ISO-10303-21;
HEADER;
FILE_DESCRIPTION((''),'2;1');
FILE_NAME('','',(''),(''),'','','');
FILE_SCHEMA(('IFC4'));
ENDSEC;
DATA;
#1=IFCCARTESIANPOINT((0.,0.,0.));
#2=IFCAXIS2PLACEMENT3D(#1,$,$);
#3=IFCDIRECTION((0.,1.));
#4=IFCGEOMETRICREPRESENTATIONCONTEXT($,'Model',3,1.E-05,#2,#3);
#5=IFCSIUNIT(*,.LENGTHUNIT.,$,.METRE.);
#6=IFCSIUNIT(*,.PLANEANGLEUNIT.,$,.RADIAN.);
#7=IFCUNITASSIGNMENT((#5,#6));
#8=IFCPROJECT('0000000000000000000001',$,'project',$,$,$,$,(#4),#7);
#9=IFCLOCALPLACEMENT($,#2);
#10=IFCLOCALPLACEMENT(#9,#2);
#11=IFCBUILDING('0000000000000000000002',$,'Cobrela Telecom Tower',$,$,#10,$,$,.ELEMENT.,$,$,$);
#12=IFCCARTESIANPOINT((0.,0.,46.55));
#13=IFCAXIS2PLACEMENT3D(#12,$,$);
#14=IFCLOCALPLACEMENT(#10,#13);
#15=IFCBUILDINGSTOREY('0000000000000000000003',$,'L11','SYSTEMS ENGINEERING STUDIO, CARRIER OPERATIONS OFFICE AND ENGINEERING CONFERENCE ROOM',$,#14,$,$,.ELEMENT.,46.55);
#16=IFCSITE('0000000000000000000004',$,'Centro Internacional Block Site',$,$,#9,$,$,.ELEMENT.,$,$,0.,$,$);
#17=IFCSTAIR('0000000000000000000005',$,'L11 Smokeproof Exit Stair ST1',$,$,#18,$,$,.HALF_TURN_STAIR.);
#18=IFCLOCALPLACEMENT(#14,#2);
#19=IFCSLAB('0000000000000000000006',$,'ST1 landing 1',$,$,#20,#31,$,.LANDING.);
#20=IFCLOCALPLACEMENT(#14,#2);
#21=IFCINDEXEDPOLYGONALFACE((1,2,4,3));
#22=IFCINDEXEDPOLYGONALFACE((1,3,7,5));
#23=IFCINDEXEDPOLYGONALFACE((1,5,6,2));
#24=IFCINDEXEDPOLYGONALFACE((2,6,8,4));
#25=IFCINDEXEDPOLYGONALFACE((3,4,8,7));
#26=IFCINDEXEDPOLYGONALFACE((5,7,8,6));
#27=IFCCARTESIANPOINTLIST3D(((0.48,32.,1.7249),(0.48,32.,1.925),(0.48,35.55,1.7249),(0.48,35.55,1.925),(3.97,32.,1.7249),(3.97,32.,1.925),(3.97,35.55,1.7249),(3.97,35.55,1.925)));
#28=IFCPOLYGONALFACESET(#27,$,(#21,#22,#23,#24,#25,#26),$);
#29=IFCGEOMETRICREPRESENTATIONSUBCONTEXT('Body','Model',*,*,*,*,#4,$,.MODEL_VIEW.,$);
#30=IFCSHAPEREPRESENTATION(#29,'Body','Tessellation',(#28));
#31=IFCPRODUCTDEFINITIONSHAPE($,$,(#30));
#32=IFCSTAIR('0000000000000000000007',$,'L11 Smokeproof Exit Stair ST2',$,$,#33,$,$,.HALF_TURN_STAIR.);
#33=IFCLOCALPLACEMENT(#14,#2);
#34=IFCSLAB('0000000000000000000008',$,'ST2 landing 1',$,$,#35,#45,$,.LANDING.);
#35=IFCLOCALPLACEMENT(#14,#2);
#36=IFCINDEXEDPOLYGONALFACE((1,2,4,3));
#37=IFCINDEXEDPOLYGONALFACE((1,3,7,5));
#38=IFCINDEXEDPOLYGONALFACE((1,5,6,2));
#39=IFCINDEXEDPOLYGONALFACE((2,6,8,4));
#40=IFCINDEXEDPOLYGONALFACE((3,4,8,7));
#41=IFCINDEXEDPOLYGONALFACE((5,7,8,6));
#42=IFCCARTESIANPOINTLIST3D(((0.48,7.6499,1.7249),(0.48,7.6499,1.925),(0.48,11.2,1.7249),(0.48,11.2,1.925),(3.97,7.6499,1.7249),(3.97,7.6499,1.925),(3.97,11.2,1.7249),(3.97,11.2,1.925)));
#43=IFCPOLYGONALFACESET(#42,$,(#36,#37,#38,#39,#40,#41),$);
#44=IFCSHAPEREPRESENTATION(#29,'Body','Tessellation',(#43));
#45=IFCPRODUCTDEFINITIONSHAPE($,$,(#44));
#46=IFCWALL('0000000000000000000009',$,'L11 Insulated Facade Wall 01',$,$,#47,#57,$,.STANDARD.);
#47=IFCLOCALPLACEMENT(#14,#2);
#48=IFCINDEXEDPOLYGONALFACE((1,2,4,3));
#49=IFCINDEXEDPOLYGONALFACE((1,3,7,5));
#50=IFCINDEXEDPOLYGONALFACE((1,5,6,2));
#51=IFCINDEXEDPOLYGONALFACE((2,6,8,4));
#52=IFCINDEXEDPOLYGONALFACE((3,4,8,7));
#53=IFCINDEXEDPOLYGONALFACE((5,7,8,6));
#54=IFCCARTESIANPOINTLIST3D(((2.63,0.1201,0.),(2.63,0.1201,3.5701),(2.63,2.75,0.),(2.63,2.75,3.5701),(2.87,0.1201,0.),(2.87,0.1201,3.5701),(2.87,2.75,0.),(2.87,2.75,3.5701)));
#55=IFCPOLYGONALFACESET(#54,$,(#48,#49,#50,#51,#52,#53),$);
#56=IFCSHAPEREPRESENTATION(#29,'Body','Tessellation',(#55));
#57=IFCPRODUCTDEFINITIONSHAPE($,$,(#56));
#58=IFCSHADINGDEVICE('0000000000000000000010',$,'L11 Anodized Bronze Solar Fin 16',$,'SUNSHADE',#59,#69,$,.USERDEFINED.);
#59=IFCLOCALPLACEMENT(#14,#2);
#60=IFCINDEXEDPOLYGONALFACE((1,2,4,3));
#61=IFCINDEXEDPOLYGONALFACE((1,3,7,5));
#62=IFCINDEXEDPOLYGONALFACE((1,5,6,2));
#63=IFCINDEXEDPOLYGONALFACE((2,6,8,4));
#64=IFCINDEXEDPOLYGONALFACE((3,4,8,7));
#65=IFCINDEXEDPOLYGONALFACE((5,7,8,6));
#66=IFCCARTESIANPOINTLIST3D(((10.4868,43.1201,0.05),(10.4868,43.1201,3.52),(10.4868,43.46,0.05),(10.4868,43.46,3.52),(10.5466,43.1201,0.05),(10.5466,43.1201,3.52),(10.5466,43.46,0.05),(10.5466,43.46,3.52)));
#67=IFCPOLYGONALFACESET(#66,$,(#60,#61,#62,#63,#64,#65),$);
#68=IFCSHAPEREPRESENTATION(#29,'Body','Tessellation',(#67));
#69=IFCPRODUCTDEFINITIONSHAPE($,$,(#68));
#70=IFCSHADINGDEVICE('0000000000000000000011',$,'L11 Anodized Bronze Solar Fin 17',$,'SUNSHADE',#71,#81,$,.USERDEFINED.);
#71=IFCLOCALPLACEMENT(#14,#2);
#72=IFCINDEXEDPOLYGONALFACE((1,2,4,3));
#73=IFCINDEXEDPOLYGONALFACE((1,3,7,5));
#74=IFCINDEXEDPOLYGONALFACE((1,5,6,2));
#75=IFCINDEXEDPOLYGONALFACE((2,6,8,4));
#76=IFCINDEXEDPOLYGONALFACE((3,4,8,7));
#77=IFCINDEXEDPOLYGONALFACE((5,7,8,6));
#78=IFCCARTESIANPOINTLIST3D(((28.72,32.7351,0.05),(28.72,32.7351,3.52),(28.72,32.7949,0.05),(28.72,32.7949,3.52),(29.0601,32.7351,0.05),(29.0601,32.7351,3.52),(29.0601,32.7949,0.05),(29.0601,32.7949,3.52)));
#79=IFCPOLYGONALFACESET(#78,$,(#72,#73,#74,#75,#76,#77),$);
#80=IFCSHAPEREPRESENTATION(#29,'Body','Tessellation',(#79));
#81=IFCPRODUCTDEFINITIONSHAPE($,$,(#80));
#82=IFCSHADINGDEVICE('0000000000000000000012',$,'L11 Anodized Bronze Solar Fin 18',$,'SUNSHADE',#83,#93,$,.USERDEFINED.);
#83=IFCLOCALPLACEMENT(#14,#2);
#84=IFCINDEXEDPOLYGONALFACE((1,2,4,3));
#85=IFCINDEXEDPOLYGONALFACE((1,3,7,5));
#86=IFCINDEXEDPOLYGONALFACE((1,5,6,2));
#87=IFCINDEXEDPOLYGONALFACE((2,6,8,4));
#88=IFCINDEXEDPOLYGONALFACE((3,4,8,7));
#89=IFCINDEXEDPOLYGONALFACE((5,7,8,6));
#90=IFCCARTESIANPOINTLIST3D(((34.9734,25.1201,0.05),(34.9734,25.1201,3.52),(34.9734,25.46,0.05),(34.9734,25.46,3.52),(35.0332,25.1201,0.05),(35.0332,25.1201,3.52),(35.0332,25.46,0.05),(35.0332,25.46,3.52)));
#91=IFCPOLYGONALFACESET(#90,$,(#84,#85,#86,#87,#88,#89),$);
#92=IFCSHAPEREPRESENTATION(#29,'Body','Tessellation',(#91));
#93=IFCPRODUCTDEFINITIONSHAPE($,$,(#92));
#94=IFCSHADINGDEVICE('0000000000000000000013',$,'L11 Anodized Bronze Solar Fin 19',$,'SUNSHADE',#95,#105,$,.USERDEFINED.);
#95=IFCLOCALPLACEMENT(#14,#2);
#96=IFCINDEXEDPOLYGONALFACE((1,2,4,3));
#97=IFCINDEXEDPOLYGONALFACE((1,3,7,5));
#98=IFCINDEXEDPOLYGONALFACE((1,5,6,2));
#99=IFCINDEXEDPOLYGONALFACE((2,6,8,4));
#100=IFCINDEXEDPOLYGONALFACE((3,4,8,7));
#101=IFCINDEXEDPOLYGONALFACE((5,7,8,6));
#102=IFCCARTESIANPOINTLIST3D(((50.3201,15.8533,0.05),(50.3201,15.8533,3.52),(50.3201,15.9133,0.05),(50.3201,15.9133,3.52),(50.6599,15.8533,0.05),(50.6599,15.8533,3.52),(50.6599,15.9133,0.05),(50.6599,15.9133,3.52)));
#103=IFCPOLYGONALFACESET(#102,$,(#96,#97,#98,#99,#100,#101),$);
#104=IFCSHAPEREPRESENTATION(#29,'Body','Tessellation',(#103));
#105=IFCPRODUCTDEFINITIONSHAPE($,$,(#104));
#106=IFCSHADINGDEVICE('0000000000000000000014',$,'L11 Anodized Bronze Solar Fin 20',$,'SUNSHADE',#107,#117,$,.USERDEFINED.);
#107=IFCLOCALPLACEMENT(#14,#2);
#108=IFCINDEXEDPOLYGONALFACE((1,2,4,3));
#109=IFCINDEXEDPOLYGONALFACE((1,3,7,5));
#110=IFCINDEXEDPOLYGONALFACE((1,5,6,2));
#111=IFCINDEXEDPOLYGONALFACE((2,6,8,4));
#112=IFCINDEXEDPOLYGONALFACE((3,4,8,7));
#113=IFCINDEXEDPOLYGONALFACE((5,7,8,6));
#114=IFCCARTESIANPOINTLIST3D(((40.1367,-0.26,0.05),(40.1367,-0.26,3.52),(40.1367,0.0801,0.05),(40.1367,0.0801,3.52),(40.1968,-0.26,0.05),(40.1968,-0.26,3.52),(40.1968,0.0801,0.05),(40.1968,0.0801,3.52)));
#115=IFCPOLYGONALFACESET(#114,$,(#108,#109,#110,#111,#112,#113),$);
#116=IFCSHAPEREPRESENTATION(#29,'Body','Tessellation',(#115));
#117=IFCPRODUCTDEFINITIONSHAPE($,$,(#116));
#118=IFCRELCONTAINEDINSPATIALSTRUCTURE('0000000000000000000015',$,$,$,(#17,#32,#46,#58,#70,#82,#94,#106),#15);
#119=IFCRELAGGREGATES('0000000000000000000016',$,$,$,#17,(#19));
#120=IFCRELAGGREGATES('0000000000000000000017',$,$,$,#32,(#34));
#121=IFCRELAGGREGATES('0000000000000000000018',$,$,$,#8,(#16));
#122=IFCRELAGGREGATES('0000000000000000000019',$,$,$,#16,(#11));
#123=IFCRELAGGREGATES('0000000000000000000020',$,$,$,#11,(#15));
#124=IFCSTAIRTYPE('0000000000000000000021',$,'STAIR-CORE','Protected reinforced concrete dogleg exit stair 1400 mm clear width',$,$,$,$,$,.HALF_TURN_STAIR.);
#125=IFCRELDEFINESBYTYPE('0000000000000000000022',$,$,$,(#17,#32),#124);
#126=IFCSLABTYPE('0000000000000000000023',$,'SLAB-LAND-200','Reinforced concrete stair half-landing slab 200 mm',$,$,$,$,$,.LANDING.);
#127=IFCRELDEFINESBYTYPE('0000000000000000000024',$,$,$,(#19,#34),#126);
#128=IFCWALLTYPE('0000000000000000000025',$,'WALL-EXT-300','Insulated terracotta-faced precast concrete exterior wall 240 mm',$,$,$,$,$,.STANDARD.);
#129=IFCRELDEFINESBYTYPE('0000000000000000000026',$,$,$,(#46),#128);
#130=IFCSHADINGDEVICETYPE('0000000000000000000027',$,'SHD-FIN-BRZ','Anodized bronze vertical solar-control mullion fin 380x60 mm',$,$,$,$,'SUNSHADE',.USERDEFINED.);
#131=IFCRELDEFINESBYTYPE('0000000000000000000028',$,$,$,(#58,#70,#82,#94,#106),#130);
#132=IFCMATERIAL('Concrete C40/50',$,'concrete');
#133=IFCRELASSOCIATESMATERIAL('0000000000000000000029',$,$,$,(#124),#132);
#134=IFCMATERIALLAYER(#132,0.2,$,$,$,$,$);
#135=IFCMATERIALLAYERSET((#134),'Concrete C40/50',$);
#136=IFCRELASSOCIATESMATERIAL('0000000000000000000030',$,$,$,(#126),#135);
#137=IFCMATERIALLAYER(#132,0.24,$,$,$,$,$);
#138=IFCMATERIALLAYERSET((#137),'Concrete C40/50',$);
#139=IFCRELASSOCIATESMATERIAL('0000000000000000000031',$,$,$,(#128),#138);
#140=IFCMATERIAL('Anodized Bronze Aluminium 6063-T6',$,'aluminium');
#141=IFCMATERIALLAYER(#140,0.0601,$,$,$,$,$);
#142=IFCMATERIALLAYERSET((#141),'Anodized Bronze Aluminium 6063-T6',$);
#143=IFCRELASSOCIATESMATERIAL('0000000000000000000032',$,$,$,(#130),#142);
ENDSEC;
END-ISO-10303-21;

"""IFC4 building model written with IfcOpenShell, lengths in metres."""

from ifc_helpers import new_model, si_unit, direction, frame, frame_2d, origin, place, context, subcontext, project, spatial, polyline, rectangle, outline, extrude, material, layer, layer_set, type_object, element, aggregate, save


model = new_model("IFC4")

# Units and contexts
model_context = context("Model", 3, precision=1e-05, world=origin(), true_north=direction((0.0, 1.0)))
body_context = subcontext(model_context, "Body", "Model", "MODEL_VIEW")
ifc_project = project(units=[si_unit("LENGTHUNIT", "METRE"), si_unit("PLANEANGLEUNIT", "RADIAN")], contexts=[model_context])

# Site, building, storey
site_placement = place(None, origin())
site = spatial("IfcSite", under=ifc_project, at=site_placement, Name="Centro Internacional Block Site", CompositionType="ELEMENT", RefElevation=0.0)
building_placement = place(site_placement, origin())
building = spatial("IfcBuilding", under=site, at=building_placement, Name="Cobrela Telecom Tower", CompositionType="ELEMENT")
storey_placement = place(building_placement, frame((0.0, 0.0, 46.55)))
storey = spatial("IfcBuildingStorey", under=building, at=storey_placement, Name="L11", Description="SYSTEMS ENGINEERING STUDIO, CARRIER OPERATIONS OFFICE AND ENGINEERING CONFERENCE ROOM", CompositionType="ELEMENT", Elevation=46.55)

# Shared definitions
ifc_material_1 = material(Name="Anodized Bronze Aluminium 6063-T6", Category="aluminium")

# Shared definitions
ifc_material_2 = material(Name="Concrete C40/50", Category="concrete")

# Stairs, slabs
stair_type = type_object("IfcStairType", Name="STAIR-CORE", Description="Protected reinforced concrete dogleg exit stair 1400 mm clear width", PredefinedType="HALF_TURN_STAIR", material=ifc_material_2)
stair_1_placement = place(storey_placement, origin())
stair_1 = element("IfcStair", 1, at=stair_1_placement, inside=storey, type_object=stair_type, Name="L11 Smokeproof Exit Stair ST1", PredefinedType="HALF_TURN_STAIR")
ifc_layer_1 = layer(ifc_material_2, 0.2)
ifc_layer_set_1 = layer_set([ifc_layer_1], Name="Concrete C40/50")
slab_type_1 = type_object("IfcSlabType", Name="SLAB-LAND-200", Description="Reinforced concrete stair half-landing slab 200 mm", PredefinedType="LANDING", material=ifc_layer_set_1)
slab_1_placement = place(storey_placement, frame((0.0, 0.0, 1.7249)))
slab_1 = element("IfcSlab", 2, at=slab_1_placement, type_object=slab_type_1, Name="ST1 landing 1", PredefinedType="LANDING", context=body_context, shape_type="SweptSolid", body=[
    extrude(outline(polyline([(3.97, 35.55), (0.48, 35.55), (0.48, 32.0), (3.97, 32.0), (3.97, 35.55)])), origin(), (0.0, 0.0, 1.0), 0.2002),
])
aggregate(stair_1, [slab_1])
stair_2_placement = place(storey_placement, origin())
stair_2 = element("IfcStair", 3, at=stair_2_placement, inside=storey, type_object=stair_type, Name="L11 Smokeproof Exit Stair ST2", PredefinedType="HALF_TURN_STAIR")
slab_2_placement = place(storey_placement, frame((0.0, 0.0, 1.7249)))
slab_2 = element("IfcSlab", 4, at=slab_2_placement, type_object=slab_type_1, Name="ST2 landing 1", PredefinedType="LANDING", context=body_context, shape_type="SweptSolid", body=[
    extrude(outline(polyline([(3.97, 11.2), (0.48, 11.2), (0.48, 7.6499), (3.97, 7.6499), (3.97, 11.2)])), origin(), (0.0, 0.0, 1.0), 0.2002),
])
aggregate(stair_2, [slab_2])

# Wall
ifc_layer_2 = layer(ifc_material_2, 0.24)
ifc_layer_set_2 = layer_set([ifc_layer_2], Name="Concrete C40/50")
wall_type = type_object("IfcWallType", Name="WALL-EXT-300", Description="Insulated terracotta-faced precast concrete exterior wall 240 mm", PredefinedType="STANDARD", material=ifc_layer_set_2)
wall_placement = place(storey_placement, frame((2.75, 0.1201, 0.0), z_axis=(0.0, 0.0, 1.0), x_axis=(0.0, 1.0, 0.0)))
element("IfcWall", 5, at=wall_placement, inside=storey, type_object=wall_type, Name="L11 Insulated Facade Wall 01", PredefinedType="STANDARD", context=body_context, shape_type="SweptSolid", body=[
    extrude(rectangle(XDim=2.6299, YDim=0.24, at=frame_2d((1.3149, 0.0))), origin(), (0.0, 0.0, 1.0), 3.5701),
])

# Shading devices
ifc_layer_3 = layer(ifc_material_1, 0.0601)
ifc_layer_set_3 = layer_set([ifc_layer_3], Name="Anodized Bronze Aluminium 6063-T6")
shading_device_type = type_object("IfcShadingDeviceType", Name="SHD-FIN-BRZ", Description="Anodized bronze vertical solar-control mullion fin 380x60 mm", ElementType="SUNSHADE", PredefinedType="USERDEFINED", material=ifc_layer_set_3)
shading_device_1_placement = place(storey_placement, frame((0.0, 0.0, 0.05)))
element("IfcShadingDevice", 6, at=shading_device_1_placement, inside=storey, type_object=shading_device_type, Name="L11 Anodized Bronze Solar Fin 16", ObjectType="SUNSHADE", PredefinedType="USERDEFINED", context=body_context, shape_type="SweptSolid", body=[
    extrude(outline(polyline([(10.4868, 43.1201), (10.5466, 43.1201), (10.5466, 43.46), (10.4868, 43.46), (10.4868, 43.1201)])), origin(), (0.0, 0.0, 1.0), 3.47),
])
shading_device_2_placement = place(storey_placement, frame((0.0, 0.0, 0.05)))
element("IfcShadingDevice", 7, at=shading_device_2_placement, inside=storey, type_object=shading_device_type, Name="L11 Anodized Bronze Solar Fin 17", ObjectType="SUNSHADE", PredefinedType="USERDEFINED", context=body_context, shape_type="SweptSolid", body=[
    extrude(outline(polyline([(28.72, 32.7949), (28.72, 32.7351), (29.0601, 32.7351), (29.0601, 32.7949), (28.72, 32.7949)])), origin(), (0.0, 0.0, 1.0), 3.47),
])
shading_device_3_placement = place(storey_placement, frame((0.0, 0.0, 0.05)))
element("IfcShadingDevice", 8, at=shading_device_3_placement, inside=storey, type_object=shading_device_type, Name="L11 Anodized Bronze Solar Fin 18", ObjectType="SUNSHADE", PredefinedType="USERDEFINED", context=body_context, shape_type="SweptSolid", body=[
    extrude(outline(polyline([(34.9734, 25.1201), (35.0332, 25.1201), (35.0332, 25.46), (34.9734, 25.46), (34.9734, 25.1201)])), origin(), (0.0, 0.0, 1.0), 3.47),
])
shading_device_4_placement = place(storey_placement, frame((0.0, 0.0, 0.05)))
element("IfcShadingDevice", 9, at=shading_device_4_placement, inside=storey, type_object=shading_device_type, Name="L11 Anodized Bronze Solar Fin 19", ObjectType="SUNSHADE", PredefinedType="USERDEFINED", context=body_context, shape_type="SweptSolid", body=[
    extrude(outline(polyline([(50.3201, 15.9133), (50.3201, 15.8533), (50.6599, 15.8533), (50.6599, 15.9133), (50.3201, 15.9133)])), origin(), (0.0, 0.0, 1.0), 3.47),
])
shading_device_5_placement = place(storey_placement, frame((0.0, 0.0, 0.05)))
element("IfcShadingDevice", 10, at=shading_device_5_placement, inside=storey, type_object=shading_device_type, Name="L11 Anodized Bronze Solar Fin 20", ObjectType="SUNSHADE", PredefinedType="USERDEFINED", context=body_context, shape_type="SweptSolid", body=[
    extrude(outline(polyline([(40.1968, 0.0801), (40.1367, 0.0801), (40.1367, -0.26), (40.1968, -0.26), (40.1968, 0.0801)])), origin(), (0.0, 0.0, 1.0), 3.47),
])

save(model, "model.ifc")
